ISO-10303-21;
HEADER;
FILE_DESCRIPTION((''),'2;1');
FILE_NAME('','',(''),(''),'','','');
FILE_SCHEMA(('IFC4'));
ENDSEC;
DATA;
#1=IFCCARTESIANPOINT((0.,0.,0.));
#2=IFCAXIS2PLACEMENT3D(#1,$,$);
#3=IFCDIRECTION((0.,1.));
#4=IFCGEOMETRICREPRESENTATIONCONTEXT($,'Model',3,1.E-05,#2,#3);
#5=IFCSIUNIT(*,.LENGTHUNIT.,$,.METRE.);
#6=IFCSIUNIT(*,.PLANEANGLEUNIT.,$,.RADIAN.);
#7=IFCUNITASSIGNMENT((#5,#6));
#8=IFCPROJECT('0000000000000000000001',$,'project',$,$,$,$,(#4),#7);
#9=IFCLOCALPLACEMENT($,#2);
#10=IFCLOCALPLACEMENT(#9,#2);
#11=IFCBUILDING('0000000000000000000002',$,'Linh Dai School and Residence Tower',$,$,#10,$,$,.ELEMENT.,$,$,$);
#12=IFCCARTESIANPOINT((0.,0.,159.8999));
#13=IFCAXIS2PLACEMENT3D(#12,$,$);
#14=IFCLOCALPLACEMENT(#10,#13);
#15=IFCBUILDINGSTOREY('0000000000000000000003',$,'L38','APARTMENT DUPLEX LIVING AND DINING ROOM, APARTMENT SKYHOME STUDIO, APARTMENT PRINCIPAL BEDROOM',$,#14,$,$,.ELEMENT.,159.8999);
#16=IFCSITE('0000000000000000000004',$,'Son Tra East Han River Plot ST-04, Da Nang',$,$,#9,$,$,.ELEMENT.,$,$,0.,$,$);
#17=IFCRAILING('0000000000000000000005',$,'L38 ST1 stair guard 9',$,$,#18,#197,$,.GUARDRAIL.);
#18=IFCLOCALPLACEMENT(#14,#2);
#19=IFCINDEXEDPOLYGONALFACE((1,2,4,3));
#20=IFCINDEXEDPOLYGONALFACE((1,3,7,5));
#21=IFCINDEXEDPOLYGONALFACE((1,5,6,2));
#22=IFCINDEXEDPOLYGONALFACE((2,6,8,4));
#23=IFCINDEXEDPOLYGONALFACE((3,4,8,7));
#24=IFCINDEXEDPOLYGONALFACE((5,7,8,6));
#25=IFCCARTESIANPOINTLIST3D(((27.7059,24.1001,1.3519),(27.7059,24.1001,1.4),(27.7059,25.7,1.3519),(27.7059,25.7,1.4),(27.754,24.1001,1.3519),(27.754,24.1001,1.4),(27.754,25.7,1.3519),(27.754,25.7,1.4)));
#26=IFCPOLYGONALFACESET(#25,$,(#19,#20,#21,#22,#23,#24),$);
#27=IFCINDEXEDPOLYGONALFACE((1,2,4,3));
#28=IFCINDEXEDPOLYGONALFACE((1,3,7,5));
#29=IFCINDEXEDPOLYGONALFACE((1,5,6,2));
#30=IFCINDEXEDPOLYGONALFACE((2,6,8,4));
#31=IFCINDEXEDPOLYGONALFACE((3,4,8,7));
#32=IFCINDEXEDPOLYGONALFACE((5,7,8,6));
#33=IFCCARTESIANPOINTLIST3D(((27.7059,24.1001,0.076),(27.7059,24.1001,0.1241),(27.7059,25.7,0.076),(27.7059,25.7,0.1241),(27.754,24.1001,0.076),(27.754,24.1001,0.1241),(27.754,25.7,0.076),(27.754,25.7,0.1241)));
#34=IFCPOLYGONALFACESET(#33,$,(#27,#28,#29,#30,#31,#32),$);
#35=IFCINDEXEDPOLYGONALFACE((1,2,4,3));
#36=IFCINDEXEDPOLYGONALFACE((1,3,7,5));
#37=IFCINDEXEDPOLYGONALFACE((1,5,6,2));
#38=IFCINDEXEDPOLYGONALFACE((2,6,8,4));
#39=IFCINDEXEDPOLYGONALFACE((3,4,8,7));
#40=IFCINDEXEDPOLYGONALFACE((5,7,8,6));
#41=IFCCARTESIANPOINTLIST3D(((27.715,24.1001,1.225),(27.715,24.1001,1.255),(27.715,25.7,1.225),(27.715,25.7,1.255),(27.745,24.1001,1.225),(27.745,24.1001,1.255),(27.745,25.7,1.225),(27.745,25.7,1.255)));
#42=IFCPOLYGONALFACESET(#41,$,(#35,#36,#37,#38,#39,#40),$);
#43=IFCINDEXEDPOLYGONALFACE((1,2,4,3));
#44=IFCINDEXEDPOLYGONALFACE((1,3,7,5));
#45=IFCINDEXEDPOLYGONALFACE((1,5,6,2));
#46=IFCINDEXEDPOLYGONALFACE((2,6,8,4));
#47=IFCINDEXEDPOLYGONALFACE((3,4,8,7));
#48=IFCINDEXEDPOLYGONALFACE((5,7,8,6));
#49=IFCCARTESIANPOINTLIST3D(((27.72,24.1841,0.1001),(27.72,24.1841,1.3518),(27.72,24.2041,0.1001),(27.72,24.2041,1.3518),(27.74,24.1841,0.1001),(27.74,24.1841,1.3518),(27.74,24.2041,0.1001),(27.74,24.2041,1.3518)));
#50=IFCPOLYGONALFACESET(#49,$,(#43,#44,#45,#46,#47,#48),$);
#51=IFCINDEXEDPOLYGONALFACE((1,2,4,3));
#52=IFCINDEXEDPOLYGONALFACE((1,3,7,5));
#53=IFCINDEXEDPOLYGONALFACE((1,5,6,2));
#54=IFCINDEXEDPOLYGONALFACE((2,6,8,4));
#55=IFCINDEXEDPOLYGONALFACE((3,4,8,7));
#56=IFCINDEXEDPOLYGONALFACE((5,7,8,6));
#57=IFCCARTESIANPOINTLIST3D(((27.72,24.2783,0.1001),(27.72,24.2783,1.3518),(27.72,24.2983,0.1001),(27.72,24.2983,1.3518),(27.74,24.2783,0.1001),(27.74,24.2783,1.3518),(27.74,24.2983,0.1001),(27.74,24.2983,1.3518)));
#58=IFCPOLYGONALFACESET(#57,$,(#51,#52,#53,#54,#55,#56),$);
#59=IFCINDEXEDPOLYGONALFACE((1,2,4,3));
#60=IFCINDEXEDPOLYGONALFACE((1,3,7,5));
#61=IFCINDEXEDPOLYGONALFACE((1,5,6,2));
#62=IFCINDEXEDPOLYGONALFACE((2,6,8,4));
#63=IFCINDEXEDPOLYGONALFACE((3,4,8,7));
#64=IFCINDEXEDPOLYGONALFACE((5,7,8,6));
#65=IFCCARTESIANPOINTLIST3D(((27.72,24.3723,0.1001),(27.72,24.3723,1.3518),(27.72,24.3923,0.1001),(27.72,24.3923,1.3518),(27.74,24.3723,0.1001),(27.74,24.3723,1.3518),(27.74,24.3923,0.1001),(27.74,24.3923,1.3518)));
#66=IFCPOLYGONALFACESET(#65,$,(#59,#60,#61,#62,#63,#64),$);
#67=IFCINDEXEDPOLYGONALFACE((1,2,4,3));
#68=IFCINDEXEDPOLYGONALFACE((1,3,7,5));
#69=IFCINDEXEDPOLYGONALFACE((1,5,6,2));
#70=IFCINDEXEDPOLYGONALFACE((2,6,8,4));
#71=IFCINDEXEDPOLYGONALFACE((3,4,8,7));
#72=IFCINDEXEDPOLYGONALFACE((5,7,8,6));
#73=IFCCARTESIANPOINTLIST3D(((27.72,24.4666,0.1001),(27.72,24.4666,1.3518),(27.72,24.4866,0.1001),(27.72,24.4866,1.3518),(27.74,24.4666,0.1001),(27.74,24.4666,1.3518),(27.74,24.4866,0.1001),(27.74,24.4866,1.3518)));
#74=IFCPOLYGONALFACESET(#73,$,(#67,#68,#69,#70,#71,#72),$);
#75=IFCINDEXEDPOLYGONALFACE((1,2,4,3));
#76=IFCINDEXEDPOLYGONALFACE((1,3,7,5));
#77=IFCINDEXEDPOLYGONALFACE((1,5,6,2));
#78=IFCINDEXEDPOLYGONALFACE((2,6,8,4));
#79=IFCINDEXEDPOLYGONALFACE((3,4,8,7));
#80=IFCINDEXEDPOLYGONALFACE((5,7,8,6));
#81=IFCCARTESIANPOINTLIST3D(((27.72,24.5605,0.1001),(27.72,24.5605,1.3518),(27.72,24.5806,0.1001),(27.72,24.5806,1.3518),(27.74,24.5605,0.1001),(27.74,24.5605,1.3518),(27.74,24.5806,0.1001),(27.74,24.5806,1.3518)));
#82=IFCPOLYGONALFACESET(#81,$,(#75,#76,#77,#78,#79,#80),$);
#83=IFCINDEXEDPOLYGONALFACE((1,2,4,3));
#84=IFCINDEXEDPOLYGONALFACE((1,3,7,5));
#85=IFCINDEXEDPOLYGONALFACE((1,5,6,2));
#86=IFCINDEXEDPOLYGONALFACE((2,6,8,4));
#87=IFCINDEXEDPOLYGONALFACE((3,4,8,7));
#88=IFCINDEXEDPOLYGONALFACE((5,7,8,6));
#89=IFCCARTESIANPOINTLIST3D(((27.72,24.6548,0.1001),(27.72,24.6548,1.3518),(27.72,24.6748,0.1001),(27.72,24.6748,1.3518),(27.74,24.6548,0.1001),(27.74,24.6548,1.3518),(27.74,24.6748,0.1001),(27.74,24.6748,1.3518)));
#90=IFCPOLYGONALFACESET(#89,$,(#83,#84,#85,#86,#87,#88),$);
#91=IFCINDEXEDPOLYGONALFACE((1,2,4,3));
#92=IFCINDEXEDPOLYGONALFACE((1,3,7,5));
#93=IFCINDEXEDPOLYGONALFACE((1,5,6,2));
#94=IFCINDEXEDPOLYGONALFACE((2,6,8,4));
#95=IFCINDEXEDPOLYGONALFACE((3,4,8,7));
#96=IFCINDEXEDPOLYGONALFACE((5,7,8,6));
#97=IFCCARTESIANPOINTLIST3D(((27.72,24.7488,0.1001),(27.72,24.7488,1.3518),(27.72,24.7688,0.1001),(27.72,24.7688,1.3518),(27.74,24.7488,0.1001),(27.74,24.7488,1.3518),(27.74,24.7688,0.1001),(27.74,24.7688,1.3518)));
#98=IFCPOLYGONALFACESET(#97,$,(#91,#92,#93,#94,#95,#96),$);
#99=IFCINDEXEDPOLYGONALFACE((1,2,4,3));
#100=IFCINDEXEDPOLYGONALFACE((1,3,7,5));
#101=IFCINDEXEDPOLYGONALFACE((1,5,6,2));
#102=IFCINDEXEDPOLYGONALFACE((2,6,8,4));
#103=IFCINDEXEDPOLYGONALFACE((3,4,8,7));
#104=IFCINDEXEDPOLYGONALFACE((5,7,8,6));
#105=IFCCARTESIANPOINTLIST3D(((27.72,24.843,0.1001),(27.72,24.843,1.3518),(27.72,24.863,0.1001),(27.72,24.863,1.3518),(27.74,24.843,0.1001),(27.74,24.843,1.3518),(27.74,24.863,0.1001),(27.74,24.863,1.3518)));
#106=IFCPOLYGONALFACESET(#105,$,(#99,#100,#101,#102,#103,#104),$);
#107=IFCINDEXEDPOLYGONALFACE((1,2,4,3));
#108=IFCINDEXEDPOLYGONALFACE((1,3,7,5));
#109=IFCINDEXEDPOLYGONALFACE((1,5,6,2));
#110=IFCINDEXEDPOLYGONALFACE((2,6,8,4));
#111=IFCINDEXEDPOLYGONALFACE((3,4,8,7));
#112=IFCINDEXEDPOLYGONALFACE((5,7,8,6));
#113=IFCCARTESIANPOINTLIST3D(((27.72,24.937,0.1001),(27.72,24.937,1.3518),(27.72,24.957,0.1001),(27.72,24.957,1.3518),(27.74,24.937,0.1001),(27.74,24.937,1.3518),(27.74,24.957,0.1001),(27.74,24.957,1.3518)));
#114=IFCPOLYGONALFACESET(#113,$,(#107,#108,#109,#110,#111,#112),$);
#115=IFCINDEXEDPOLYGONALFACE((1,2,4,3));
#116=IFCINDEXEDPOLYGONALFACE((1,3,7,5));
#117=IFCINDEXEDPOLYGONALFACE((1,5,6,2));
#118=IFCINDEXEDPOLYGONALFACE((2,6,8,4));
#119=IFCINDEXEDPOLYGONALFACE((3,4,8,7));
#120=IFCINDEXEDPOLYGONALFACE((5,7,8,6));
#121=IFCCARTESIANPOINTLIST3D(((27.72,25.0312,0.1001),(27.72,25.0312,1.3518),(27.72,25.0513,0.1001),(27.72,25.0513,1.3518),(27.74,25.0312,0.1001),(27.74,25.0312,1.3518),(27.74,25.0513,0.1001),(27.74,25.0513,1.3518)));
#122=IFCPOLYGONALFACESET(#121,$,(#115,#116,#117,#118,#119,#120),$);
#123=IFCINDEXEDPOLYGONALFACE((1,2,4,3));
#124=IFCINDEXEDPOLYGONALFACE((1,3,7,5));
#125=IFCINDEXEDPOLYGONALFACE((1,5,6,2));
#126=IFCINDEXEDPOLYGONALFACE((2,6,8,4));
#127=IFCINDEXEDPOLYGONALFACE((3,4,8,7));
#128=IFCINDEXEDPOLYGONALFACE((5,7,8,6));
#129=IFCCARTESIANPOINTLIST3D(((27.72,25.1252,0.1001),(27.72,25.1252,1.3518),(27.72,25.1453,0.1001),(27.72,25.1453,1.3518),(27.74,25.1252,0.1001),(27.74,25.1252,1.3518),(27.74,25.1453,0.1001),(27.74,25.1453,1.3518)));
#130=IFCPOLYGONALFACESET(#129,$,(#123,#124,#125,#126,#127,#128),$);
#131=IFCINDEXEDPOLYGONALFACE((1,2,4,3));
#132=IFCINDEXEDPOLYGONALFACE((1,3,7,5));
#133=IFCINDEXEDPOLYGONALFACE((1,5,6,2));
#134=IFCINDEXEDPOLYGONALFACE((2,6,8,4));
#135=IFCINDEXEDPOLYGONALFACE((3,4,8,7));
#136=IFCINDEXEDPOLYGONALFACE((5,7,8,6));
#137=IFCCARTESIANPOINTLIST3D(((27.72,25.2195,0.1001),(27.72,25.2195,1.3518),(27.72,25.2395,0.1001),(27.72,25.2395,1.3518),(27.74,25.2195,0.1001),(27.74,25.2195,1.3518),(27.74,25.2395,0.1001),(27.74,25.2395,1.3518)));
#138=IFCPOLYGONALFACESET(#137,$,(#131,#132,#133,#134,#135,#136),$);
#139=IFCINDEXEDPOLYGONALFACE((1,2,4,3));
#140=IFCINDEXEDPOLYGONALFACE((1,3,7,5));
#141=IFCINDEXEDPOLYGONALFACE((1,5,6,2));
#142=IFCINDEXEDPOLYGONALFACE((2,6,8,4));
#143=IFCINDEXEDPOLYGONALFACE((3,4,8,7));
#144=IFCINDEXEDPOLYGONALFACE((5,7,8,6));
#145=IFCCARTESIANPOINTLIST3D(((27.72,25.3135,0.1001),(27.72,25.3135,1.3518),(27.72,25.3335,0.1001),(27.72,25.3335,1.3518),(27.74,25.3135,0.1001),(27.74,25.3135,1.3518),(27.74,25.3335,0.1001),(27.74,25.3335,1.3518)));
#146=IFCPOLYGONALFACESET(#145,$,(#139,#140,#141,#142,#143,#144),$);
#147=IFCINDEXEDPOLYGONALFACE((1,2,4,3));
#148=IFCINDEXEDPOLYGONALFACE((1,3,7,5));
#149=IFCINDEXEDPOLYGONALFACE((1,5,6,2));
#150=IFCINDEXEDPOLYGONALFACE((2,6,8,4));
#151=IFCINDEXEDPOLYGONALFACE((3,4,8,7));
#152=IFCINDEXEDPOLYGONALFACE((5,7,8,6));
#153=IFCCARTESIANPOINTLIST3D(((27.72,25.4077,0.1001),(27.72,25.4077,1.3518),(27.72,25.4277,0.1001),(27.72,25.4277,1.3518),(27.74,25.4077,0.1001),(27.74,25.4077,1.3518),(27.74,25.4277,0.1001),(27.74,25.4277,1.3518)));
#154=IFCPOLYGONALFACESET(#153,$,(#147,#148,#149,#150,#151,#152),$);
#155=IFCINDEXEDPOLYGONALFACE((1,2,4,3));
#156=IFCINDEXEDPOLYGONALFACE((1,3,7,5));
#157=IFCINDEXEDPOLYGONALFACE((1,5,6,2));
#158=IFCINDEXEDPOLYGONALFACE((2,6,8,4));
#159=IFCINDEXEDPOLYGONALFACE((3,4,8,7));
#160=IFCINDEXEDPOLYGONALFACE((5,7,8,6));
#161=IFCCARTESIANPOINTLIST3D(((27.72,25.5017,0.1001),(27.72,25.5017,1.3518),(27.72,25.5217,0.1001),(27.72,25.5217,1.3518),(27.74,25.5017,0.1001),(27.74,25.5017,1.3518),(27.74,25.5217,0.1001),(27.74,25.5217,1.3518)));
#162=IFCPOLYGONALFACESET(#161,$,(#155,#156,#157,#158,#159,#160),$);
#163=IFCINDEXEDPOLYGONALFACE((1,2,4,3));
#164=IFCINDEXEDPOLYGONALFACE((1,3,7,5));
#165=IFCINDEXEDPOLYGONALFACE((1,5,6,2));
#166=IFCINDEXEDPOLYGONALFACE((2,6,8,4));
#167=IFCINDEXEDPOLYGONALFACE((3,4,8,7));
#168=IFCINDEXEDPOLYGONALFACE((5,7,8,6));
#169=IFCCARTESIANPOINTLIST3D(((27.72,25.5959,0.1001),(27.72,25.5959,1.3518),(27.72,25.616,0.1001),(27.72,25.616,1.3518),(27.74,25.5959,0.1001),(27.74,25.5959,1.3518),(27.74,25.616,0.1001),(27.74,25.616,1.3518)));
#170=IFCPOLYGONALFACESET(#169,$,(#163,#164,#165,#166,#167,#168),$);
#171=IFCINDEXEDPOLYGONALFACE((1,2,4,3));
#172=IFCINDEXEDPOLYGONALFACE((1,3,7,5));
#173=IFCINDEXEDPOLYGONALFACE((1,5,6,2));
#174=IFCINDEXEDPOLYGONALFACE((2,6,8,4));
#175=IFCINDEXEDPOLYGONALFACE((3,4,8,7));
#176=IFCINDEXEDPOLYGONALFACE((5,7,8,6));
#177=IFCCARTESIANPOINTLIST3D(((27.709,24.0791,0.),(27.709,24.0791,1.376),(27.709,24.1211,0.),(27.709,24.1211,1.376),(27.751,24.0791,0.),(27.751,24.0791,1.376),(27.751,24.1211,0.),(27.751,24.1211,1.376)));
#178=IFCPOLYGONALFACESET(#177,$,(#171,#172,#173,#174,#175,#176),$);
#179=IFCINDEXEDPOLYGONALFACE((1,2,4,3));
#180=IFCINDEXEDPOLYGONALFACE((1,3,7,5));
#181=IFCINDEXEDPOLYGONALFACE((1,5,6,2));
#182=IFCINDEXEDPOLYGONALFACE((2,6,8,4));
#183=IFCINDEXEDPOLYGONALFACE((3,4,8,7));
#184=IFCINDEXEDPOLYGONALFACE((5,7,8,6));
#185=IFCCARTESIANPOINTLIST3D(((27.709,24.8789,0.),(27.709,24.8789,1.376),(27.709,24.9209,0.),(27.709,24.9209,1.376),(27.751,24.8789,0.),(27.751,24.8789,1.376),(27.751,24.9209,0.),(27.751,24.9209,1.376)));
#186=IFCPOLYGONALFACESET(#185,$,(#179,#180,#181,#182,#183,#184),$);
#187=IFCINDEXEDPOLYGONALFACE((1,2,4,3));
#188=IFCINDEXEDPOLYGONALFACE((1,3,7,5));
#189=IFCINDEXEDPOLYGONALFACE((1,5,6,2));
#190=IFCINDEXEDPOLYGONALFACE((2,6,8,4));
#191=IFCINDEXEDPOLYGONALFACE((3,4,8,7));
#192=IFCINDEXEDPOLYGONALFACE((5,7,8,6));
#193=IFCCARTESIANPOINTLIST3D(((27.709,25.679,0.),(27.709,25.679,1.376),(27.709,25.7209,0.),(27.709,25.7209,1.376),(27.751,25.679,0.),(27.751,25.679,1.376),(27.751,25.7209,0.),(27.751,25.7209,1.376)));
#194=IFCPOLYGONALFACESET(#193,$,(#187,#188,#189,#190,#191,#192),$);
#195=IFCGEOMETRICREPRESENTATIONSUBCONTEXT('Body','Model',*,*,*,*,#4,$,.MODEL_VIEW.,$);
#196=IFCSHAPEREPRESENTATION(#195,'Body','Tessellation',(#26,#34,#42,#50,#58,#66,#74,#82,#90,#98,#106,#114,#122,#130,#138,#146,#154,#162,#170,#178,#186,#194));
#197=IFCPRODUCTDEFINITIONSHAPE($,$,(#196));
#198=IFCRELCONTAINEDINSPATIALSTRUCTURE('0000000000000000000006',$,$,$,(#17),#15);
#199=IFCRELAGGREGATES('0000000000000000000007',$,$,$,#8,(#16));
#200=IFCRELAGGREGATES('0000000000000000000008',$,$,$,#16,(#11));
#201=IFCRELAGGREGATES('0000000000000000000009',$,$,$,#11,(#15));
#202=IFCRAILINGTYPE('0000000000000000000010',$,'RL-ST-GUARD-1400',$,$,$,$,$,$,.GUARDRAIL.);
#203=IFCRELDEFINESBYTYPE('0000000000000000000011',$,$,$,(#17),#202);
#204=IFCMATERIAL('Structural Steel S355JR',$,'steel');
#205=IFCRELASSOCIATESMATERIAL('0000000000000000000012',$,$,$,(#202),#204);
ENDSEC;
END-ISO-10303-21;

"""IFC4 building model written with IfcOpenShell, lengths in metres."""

from ifc_helpers import new_model, si_unit, direction, frame, origin, origin_2d, place, context, subcontext, project, spatial, rectangle, extrude, source, transform, mapped, material, type_object, element, save


model = new_model("IFC4")

# Units and contexts
model_context = context("Model", 3, precision=1e-05, world=origin(), true_north=direction((0.0, 1.0)))
body_context = subcontext(model_context, "Body", "Model", "MODEL_VIEW")
ifc_project = project(units=[si_unit("LENGTHUNIT", "METRE"), si_unit("PLANEANGLEUNIT", "RADIAN")], contexts=[model_context])

# Site, building, storey
site_placement = place(None, origin())
site = spatial("IfcSite", under=ifc_project, at=site_placement, Name="Son Tra East Han River Plot ST-04, Da Nang", CompositionType="ELEMENT", RefElevation=0.0)
building_placement = place(site_placement, origin())
building = spatial("IfcBuilding", under=site, at=building_placement, Name="Linh Dai School and Residence Tower", CompositionType="ELEMENT")
storey_placement = place(building_placement, frame((0.0, 0.0, 159.8999)))
storey = spatial("IfcBuildingStorey", under=building, at=storey_placement, Name="L38", Description="APARTMENT DUPLEX LIVING AND DINING ROOM, APARTMENT SKYHOME STUDIO, APARTMENT PRINCIPAL BEDROOM", CompositionType="ELEMENT", Elevation=159.8999)

# Shared definitions
ifc_material_1 = material(Name="Structural Steel S355JR", Category="steel")

# Railing
railing_type = type_object("IfcRailingType", Name="RL-ST-GUARD-1400", PredefinedType="GUARDRAIL", material=ifc_material_1)
shared_shape_1 = source(origin(), body_context, "Body", "SweptSolid", [
    extrude(rectangle(XDim=0.0481, YDim=0.0481, at=origin_2d()), frame((0.0, 0.0, 1.376), z_axis=(0.0, 1.0, 0.0), x_axis=(-1.0, 0.0, 0.0)), (0.0, 0.0, 1.0), 1.5999),
    extrude(rectangle(XDim=0.0481, YDim=0.0481, at=origin_2d()), frame((0.0, 0.0, 0.1001), z_axis=(0.0, 1.0, 0.0), x_axis=(-1.0, 0.0, 0.0)), (0.0, 0.0, 1.0), 1.5999),
    extrude(rectangle(XDim=0.03, YDim=0.03, at=origin_2d()), frame((0.0, 0.0, 1.24), z_axis=(0.0, 1.0, 0.0), x_axis=(-1.0, 0.0, 0.0)), (0.0, 0.0, 1.0), 1.5999),
    extrude(rectangle(XDim=0.02, YDim=0.02, at=origin_2d()), frame((0.0, 0.094, 0.1001)), (0.0, 0.0, 1.0), 1.2517),
    extrude(rectangle(XDim=0.02, YDim=0.02, at=origin_2d()), frame((0.0, 0.1882, 0.1001)), (0.0, 0.0, 1.0), 1.2517),
    extrude(rectangle(XDim=0.02, YDim=0.02, at=origin_2d()), frame((0.0, 0.2822, 0.1001)), (0.0, 0.0, 1.0), 1.2517),
    extrude(rectangle(XDim=0.02, YDim=0.02, at=origin_2d()), frame((0.0, 0.3765, 0.1001)), (0.0, 0.0, 1.0), 1.2517),
    extrude(rectangle(XDim=0.02, YDim=0.02, at=origin_2d()), frame((0.0, 0.4705, 0.1001)), (0.0, 0.0, 1.0), 1.2517),
    extrude(rectangle(XDim=0.02, YDim=0.02, at=origin_2d()), frame((0.0, 0.5647, 0.1001)), (0.0, 0.0, 1.0), 1.2517),
    extrude(rectangle(XDim=0.02, YDim=0.02, at=origin_2d()), frame((0.0, 0.6587, 0.1001)), (0.0, 0.0, 1.0), 1.2517),
    extrude(rectangle(XDim=0.02, YDim=0.02, at=origin_2d()), frame((0.0, 0.7529, 0.1001)), (0.0, 0.0, 1.0), 1.2517),
    extrude(rectangle(XDim=0.02, YDim=0.02, at=origin_2d()), frame((0.0, 0.8469, 0.1001)), (0.0, 0.0, 1.0), 1.2517),
    extrude(rectangle(XDim=0.02, YDim=0.02, at=origin_2d()), frame((0.0, 0.9412, 0.1001)), (0.0, 0.0, 1.0), 1.2517),
    extrude(rectangle(XDim=0.02, YDim=0.02, at=origin_2d()), frame((0.0, 1.0352, 0.1001)), (0.0, 0.0, 1.0), 1.2517),
    extrude(rectangle(XDim=0.02, YDim=0.02, at=origin_2d()), frame((0.0, 1.1294, 0.1001)), (0.0, 0.0, 1.0), 1.2517),
    extrude(rectangle(XDim=0.02, YDim=0.02, at=origin_2d()), frame((0.0, 1.2234, 0.1001)), (0.0, 0.0, 1.0), 1.2517),
    extrude(rectangle(XDim=0.02, YDim=0.02, at=origin_2d()), frame((0.0, 1.3176, 0.1001)), (0.0, 0.0, 1.0), 1.2517),
    extrude(rectangle(XDim=0.02, YDim=0.02, at=origin_2d()), frame((0.0, 1.4116, 0.1001)), (0.0, 0.0, 1.0), 1.2517),
    extrude(rectangle(XDim=0.02, YDim=0.02, at=origin_2d()), frame((0.0, 1.5059, 0.1001)), (0.0, 0.0, 1.0), 1.2517),
    extrude(rectangle(XDim=0.042, YDim=0.042, at=origin_2d()), origin(), (0.0, 0.0, 1.0), 1.376),
    extrude(rectangle(XDim=0.042, YDim=0.042, at=origin_2d()), frame((0.0, 0.7998, 0.0)), (0.0, 0.0, 1.0), 1.376),
    extrude(rectangle(XDim=0.042, YDim=0.042, at=origin_2d()), frame((0.0, 1.5999, 0.0)), (0.0, 0.0, 1.0), 1.376),
])
for number, where, name in (
    (1, (27.73, 24.1001, 0.0), "L38 ST1 stair guard 9"),
):
    element("IfcRailing", number, at=place(storey_placement, frame(where)), inside=storey, type_object=railing_type, Name=name, PredefinedType="GUARDRAIL", context=body_context, shape_type="MappedRepresentation", body=[
        mapped(shared_shape_1, transform((0.0, 0.0, 0.0), x_axis=(1.0, 0.0, 0.0), y_axis=(0.0, 1.0, 0.0), z_axis=(0.0, 0.0, 1.0), scale=1.0)),
    ])

save(model, "model.ifc")
